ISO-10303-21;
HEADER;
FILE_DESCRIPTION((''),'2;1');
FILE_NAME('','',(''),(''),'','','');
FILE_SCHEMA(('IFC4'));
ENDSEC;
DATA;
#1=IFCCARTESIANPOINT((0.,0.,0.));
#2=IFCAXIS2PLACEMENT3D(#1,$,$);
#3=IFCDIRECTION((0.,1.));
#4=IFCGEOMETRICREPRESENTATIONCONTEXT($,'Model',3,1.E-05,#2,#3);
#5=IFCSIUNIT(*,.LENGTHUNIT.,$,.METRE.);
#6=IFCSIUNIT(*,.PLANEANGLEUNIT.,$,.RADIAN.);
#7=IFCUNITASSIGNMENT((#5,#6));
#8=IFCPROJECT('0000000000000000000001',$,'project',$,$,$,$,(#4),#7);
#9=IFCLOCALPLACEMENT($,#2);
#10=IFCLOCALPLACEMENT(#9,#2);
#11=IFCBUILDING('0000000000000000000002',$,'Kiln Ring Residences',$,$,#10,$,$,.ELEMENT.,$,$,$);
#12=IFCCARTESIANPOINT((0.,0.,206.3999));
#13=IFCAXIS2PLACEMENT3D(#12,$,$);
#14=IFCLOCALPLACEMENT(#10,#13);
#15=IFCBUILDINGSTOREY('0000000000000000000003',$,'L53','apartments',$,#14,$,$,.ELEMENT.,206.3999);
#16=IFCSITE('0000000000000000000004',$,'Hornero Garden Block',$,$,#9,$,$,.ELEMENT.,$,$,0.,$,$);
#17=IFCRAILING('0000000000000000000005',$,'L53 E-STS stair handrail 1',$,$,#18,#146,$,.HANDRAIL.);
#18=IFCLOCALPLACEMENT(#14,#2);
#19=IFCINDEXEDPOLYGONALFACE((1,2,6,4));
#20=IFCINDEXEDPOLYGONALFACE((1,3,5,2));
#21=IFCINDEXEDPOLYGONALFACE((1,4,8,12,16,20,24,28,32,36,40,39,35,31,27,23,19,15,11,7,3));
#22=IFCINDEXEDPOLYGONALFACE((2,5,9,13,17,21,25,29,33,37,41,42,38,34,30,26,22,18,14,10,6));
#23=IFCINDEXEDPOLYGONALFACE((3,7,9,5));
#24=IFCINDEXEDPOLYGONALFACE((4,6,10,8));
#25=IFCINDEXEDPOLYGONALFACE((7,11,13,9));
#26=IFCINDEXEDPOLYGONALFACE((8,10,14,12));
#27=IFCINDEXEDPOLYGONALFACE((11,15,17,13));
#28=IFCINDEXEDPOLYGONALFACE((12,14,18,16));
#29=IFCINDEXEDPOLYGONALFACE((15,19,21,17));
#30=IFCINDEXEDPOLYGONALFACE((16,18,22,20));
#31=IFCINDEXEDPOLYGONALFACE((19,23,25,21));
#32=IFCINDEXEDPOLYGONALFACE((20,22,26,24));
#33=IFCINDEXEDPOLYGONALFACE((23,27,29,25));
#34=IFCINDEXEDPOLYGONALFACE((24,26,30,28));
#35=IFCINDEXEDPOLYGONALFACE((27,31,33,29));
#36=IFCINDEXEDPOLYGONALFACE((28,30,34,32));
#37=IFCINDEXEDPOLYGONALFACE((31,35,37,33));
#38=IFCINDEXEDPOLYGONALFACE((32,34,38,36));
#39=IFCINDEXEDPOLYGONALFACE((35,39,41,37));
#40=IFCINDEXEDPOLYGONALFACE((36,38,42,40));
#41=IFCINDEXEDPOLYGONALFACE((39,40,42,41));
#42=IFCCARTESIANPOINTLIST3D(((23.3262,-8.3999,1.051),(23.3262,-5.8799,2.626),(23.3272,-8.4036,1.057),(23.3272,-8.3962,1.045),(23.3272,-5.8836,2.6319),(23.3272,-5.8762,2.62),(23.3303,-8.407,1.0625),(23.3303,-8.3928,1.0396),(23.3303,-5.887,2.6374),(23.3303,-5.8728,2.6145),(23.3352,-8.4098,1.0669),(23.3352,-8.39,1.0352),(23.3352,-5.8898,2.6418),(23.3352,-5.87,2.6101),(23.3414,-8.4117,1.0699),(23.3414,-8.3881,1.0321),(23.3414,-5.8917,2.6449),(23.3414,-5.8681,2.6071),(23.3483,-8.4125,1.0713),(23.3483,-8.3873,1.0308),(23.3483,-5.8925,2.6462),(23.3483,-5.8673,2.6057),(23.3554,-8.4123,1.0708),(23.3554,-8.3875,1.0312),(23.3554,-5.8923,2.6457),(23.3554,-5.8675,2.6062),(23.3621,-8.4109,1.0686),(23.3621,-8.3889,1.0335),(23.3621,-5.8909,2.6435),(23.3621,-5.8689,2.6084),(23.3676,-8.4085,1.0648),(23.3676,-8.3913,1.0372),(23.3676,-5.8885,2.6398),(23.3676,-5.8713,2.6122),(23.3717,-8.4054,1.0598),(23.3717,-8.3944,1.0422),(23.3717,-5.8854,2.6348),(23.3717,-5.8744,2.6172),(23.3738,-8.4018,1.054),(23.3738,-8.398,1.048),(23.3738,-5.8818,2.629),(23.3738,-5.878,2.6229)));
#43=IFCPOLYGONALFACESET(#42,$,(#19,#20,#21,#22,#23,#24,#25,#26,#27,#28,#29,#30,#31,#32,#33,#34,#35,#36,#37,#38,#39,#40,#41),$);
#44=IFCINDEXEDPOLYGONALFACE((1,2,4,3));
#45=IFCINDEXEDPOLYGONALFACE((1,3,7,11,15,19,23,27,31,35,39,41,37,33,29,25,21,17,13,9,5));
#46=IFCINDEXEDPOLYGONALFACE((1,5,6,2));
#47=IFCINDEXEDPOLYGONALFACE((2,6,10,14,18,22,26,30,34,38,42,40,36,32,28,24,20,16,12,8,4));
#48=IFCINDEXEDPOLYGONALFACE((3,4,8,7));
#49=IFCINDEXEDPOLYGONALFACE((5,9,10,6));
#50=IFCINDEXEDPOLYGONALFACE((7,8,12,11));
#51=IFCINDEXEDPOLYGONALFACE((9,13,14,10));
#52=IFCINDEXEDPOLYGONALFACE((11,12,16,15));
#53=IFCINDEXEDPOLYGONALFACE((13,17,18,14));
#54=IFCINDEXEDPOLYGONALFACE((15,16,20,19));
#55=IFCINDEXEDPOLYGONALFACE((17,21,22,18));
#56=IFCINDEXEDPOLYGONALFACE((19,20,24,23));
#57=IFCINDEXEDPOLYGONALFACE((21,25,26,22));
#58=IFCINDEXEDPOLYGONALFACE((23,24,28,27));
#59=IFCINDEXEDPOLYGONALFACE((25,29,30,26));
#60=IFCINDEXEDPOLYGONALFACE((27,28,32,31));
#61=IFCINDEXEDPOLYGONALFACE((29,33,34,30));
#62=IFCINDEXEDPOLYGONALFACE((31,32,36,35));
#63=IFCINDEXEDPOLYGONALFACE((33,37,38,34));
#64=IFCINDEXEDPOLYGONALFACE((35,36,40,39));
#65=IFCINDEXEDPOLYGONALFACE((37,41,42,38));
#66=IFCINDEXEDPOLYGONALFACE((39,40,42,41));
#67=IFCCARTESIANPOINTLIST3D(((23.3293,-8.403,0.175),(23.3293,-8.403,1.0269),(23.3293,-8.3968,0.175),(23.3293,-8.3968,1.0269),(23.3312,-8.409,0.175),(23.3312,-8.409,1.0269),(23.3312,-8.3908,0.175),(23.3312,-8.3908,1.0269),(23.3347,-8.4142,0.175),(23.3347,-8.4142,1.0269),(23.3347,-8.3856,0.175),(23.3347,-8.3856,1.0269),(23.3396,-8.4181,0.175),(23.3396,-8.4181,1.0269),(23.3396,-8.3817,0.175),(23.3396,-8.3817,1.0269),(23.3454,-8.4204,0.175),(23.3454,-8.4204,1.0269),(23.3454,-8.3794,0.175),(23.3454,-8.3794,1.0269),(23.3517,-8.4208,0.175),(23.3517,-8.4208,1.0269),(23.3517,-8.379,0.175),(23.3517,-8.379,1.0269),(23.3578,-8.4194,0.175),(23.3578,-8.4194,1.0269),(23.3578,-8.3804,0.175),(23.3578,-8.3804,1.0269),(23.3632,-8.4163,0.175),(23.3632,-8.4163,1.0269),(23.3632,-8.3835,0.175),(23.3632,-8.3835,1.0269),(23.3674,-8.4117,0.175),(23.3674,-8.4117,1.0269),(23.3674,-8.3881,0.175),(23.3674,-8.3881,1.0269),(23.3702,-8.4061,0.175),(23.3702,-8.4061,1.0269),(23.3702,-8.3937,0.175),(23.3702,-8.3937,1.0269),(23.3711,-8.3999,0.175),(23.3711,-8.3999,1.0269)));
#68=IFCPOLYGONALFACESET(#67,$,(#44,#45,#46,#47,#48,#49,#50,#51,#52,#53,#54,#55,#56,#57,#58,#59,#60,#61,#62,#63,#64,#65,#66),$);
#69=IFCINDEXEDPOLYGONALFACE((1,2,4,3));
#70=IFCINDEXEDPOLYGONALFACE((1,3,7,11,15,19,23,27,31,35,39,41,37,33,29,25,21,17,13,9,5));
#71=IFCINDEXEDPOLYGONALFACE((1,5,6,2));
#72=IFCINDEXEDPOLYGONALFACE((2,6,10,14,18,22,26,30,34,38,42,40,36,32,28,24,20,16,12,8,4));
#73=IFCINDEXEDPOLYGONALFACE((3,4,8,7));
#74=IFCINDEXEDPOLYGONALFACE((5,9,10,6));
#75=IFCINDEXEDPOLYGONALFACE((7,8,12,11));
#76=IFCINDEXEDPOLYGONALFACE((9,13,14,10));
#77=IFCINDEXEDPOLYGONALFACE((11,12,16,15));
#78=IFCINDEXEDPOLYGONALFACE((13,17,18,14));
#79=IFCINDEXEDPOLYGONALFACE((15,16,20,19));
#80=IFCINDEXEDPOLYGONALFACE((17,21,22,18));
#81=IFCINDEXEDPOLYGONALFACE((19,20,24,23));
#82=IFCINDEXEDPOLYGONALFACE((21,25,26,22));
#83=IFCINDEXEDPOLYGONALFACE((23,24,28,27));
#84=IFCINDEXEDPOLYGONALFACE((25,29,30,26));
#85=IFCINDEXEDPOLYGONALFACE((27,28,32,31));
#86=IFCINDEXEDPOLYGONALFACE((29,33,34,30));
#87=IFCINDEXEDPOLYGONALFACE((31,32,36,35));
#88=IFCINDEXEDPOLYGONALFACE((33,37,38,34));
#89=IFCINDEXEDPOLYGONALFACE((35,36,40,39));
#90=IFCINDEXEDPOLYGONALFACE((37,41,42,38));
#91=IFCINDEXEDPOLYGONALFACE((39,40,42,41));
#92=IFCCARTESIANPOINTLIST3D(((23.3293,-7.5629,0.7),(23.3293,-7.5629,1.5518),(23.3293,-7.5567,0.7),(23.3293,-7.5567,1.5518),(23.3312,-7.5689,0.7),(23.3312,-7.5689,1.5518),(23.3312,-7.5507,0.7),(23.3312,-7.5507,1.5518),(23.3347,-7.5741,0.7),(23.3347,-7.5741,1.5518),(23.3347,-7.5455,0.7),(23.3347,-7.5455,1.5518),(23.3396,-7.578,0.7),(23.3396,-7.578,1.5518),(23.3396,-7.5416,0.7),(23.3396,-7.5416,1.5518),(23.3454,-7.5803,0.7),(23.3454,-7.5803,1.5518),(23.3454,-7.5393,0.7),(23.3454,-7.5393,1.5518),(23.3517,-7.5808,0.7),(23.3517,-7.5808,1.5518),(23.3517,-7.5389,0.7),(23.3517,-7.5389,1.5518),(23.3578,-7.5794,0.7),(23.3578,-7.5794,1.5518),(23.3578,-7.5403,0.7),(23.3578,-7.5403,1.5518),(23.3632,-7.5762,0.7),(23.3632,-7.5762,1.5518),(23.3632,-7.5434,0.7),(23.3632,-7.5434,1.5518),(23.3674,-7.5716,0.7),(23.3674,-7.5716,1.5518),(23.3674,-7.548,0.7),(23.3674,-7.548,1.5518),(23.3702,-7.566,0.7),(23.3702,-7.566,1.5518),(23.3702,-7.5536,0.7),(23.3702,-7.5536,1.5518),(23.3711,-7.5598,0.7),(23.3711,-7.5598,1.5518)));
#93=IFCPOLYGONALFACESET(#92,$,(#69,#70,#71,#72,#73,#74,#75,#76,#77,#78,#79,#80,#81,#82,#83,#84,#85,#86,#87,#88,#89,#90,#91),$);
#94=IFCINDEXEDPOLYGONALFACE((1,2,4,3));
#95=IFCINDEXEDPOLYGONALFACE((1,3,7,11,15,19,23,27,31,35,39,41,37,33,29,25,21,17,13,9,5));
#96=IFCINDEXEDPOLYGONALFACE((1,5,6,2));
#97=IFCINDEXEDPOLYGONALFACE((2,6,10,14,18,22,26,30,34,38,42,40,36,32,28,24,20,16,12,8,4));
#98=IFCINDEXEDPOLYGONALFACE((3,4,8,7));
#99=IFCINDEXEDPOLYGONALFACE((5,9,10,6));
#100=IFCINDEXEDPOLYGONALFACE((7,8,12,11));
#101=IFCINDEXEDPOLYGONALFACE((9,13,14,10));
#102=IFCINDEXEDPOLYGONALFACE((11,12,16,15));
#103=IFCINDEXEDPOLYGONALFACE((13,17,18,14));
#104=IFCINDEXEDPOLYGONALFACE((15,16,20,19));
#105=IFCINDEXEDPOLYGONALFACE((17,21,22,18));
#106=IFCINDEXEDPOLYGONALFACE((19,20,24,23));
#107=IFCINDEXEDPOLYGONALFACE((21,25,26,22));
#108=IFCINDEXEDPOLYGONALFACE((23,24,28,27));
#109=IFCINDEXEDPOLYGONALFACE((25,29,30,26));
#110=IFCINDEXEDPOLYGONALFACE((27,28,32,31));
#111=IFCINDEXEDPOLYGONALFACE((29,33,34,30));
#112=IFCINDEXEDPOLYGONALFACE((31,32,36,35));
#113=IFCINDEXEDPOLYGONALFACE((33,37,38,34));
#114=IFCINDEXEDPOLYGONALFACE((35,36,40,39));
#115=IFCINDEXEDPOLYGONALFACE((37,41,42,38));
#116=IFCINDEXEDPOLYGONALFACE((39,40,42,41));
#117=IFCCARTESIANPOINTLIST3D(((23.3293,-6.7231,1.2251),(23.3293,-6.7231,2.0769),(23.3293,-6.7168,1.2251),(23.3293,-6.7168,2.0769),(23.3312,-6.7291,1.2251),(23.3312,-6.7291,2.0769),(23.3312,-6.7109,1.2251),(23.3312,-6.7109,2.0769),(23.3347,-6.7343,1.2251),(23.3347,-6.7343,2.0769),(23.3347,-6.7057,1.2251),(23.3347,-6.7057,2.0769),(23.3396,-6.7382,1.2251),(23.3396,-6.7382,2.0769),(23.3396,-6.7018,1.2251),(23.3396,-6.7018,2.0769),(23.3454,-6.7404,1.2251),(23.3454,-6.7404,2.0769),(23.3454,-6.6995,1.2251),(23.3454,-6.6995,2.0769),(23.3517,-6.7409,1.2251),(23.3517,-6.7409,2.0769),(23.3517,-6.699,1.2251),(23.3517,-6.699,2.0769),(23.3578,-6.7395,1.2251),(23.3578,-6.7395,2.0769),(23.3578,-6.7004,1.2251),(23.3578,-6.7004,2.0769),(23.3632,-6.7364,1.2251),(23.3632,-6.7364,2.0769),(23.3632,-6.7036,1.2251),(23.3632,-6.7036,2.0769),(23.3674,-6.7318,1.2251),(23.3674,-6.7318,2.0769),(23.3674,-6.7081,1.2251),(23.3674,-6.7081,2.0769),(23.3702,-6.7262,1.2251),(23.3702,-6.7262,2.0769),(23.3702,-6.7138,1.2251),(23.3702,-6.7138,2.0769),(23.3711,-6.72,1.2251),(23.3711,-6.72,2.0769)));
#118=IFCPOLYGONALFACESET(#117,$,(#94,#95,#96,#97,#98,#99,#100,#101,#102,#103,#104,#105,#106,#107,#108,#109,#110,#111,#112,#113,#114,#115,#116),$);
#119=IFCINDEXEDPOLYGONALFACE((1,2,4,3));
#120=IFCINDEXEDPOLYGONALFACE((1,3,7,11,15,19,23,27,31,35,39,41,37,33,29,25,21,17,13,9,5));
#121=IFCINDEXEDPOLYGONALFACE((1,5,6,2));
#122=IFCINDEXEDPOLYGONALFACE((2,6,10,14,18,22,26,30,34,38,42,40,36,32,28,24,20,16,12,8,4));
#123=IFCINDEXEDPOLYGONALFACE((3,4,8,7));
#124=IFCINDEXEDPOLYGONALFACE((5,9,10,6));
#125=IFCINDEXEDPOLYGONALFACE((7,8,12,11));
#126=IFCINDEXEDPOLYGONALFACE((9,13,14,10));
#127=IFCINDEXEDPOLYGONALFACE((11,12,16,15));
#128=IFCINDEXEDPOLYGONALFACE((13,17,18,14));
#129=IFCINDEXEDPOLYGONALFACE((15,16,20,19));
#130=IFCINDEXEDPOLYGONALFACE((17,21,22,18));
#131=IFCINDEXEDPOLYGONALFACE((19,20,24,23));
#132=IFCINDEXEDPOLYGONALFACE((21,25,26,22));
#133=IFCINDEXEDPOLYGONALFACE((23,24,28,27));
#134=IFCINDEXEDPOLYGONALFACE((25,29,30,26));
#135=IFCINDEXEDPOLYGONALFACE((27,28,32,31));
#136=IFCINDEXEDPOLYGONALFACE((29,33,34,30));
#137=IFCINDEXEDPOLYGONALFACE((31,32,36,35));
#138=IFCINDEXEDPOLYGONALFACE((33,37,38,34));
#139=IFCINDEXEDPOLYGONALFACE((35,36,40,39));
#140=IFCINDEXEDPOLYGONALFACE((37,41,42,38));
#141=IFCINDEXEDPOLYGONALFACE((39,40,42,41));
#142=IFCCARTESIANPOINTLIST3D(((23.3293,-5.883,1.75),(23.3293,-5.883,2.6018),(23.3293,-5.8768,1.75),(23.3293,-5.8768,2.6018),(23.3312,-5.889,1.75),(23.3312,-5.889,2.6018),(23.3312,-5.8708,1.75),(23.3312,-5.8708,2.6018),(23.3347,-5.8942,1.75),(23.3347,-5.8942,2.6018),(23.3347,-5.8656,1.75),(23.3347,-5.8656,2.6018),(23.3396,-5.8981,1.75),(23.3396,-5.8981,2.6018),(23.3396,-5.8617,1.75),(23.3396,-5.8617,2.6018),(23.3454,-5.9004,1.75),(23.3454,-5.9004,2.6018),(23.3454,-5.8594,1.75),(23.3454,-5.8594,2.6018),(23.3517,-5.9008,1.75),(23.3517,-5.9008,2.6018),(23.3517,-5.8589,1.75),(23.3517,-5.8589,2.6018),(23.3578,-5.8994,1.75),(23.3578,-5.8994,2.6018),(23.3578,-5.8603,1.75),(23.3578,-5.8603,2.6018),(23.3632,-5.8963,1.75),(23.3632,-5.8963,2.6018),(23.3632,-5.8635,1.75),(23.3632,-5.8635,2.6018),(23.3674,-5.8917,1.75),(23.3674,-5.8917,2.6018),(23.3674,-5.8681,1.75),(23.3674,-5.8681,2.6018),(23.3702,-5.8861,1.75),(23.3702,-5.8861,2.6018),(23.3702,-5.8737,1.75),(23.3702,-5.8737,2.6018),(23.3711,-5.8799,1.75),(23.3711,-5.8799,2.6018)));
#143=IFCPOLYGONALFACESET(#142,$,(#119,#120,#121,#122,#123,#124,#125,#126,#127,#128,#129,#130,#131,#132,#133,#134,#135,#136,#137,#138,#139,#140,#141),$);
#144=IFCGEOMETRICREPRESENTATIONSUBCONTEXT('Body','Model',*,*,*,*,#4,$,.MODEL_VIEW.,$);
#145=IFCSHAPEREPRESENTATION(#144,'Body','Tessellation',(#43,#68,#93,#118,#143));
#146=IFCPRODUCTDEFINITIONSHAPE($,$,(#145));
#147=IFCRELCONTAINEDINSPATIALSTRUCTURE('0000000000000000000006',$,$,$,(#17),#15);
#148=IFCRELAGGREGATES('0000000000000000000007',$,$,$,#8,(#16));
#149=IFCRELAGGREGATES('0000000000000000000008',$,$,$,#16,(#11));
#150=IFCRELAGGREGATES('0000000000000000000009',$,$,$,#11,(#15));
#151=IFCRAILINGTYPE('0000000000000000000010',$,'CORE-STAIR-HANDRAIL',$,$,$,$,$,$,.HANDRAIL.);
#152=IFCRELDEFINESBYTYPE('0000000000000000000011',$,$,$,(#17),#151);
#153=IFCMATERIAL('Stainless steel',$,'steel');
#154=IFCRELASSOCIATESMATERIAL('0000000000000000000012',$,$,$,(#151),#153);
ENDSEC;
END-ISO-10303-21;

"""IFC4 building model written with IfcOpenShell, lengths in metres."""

from ifc_helpers import new_model, si_unit, direction, frame, origin, origin_2d, place, context, subcontext, project, spatial, circle, extrude, material, type_object, element, save


model = new_model("IFC4")

# Units and contexts
model_context = context("Model", 3, precision=1e-05, world=origin(), true_north=direction((0.0, 1.0)))
body_context = subcontext(model_context, "Body", "Model", "MODEL_VIEW")
ifc_project = project(units=[si_unit("LENGTHUNIT", "METRE"), si_unit("PLANEANGLEUNIT", "RADIAN")], contexts=[model_context])

# Site, building, storey
site_placement = place(None, origin())
site = spatial("IfcSite", under=ifc_project, at=site_placement, Name="Hornero Garden Block", CompositionType="ELEMENT", RefElevation=0.0)
building_placement = place(site_placement, origin())
building = spatial("IfcBuilding", under=site, at=building_placement, Name="Kiln Ring Residences", CompositionType="ELEMENT")
storey_placement = place(building_placement, frame((0.0, 0.0, 206.3999)))
storey = spatial("IfcBuildingStorey", under=building, at=storey_placement, Name="L53", Description="apartments", CompositionType="ELEMENT", Elevation=206.3999)

# Railing
ifc_material_1 = material(Name="Stainless steel", Category="steel")
railing_type_1 = type_object("IfcRailingType", Name="CORE-STAIR-HANDRAIL", PredefinedType="HANDRAIL", material=ifc_material_1)
railing_1_placement = place(storey_placement, frame((23.3501, -8.3999, 0.175)))
element("IfcRailing", 1, at=railing_1_placement, inside=storey, type_object=railing_type_1, Name="L53 E-STS stair handrail 1", PredefinedType="HANDRAIL", context=body_context, shape_type="SweptSolid", body=[
    extrude(circle(Radius=0.0239, at=origin_2d()), frame((0.0, 0.0, 0.876), z_axis=(0.0, 0.848008, 0.529984), x_axis=(-1.0, 0.0, 0.0)), (0.0, 0.0, 1.0), 2.9717),
    extrude(circle(Radius=0.021, at=origin_2d()), origin(), (0.0, 0.0, 1.0), 0.8518),
    extrude(circle(Radius=0.021, at=origin_2d()), frame((0.0, 0.8401, 0.5249)), (0.0, 0.0, 1.0), 0.8518),
    extrude(circle(Radius=0.021, at=origin_2d()), frame((0.0, 1.6799, 1.05)), (0.0, 0.0, 1.0), 0.8518),
    extrude(circle(Radius=0.021, at=origin_2d()), frame((0.0, 2.52, 1.575)), (0.0, 0.0, 1.0), 0.8518),
])

save(model, "model.ifc")
